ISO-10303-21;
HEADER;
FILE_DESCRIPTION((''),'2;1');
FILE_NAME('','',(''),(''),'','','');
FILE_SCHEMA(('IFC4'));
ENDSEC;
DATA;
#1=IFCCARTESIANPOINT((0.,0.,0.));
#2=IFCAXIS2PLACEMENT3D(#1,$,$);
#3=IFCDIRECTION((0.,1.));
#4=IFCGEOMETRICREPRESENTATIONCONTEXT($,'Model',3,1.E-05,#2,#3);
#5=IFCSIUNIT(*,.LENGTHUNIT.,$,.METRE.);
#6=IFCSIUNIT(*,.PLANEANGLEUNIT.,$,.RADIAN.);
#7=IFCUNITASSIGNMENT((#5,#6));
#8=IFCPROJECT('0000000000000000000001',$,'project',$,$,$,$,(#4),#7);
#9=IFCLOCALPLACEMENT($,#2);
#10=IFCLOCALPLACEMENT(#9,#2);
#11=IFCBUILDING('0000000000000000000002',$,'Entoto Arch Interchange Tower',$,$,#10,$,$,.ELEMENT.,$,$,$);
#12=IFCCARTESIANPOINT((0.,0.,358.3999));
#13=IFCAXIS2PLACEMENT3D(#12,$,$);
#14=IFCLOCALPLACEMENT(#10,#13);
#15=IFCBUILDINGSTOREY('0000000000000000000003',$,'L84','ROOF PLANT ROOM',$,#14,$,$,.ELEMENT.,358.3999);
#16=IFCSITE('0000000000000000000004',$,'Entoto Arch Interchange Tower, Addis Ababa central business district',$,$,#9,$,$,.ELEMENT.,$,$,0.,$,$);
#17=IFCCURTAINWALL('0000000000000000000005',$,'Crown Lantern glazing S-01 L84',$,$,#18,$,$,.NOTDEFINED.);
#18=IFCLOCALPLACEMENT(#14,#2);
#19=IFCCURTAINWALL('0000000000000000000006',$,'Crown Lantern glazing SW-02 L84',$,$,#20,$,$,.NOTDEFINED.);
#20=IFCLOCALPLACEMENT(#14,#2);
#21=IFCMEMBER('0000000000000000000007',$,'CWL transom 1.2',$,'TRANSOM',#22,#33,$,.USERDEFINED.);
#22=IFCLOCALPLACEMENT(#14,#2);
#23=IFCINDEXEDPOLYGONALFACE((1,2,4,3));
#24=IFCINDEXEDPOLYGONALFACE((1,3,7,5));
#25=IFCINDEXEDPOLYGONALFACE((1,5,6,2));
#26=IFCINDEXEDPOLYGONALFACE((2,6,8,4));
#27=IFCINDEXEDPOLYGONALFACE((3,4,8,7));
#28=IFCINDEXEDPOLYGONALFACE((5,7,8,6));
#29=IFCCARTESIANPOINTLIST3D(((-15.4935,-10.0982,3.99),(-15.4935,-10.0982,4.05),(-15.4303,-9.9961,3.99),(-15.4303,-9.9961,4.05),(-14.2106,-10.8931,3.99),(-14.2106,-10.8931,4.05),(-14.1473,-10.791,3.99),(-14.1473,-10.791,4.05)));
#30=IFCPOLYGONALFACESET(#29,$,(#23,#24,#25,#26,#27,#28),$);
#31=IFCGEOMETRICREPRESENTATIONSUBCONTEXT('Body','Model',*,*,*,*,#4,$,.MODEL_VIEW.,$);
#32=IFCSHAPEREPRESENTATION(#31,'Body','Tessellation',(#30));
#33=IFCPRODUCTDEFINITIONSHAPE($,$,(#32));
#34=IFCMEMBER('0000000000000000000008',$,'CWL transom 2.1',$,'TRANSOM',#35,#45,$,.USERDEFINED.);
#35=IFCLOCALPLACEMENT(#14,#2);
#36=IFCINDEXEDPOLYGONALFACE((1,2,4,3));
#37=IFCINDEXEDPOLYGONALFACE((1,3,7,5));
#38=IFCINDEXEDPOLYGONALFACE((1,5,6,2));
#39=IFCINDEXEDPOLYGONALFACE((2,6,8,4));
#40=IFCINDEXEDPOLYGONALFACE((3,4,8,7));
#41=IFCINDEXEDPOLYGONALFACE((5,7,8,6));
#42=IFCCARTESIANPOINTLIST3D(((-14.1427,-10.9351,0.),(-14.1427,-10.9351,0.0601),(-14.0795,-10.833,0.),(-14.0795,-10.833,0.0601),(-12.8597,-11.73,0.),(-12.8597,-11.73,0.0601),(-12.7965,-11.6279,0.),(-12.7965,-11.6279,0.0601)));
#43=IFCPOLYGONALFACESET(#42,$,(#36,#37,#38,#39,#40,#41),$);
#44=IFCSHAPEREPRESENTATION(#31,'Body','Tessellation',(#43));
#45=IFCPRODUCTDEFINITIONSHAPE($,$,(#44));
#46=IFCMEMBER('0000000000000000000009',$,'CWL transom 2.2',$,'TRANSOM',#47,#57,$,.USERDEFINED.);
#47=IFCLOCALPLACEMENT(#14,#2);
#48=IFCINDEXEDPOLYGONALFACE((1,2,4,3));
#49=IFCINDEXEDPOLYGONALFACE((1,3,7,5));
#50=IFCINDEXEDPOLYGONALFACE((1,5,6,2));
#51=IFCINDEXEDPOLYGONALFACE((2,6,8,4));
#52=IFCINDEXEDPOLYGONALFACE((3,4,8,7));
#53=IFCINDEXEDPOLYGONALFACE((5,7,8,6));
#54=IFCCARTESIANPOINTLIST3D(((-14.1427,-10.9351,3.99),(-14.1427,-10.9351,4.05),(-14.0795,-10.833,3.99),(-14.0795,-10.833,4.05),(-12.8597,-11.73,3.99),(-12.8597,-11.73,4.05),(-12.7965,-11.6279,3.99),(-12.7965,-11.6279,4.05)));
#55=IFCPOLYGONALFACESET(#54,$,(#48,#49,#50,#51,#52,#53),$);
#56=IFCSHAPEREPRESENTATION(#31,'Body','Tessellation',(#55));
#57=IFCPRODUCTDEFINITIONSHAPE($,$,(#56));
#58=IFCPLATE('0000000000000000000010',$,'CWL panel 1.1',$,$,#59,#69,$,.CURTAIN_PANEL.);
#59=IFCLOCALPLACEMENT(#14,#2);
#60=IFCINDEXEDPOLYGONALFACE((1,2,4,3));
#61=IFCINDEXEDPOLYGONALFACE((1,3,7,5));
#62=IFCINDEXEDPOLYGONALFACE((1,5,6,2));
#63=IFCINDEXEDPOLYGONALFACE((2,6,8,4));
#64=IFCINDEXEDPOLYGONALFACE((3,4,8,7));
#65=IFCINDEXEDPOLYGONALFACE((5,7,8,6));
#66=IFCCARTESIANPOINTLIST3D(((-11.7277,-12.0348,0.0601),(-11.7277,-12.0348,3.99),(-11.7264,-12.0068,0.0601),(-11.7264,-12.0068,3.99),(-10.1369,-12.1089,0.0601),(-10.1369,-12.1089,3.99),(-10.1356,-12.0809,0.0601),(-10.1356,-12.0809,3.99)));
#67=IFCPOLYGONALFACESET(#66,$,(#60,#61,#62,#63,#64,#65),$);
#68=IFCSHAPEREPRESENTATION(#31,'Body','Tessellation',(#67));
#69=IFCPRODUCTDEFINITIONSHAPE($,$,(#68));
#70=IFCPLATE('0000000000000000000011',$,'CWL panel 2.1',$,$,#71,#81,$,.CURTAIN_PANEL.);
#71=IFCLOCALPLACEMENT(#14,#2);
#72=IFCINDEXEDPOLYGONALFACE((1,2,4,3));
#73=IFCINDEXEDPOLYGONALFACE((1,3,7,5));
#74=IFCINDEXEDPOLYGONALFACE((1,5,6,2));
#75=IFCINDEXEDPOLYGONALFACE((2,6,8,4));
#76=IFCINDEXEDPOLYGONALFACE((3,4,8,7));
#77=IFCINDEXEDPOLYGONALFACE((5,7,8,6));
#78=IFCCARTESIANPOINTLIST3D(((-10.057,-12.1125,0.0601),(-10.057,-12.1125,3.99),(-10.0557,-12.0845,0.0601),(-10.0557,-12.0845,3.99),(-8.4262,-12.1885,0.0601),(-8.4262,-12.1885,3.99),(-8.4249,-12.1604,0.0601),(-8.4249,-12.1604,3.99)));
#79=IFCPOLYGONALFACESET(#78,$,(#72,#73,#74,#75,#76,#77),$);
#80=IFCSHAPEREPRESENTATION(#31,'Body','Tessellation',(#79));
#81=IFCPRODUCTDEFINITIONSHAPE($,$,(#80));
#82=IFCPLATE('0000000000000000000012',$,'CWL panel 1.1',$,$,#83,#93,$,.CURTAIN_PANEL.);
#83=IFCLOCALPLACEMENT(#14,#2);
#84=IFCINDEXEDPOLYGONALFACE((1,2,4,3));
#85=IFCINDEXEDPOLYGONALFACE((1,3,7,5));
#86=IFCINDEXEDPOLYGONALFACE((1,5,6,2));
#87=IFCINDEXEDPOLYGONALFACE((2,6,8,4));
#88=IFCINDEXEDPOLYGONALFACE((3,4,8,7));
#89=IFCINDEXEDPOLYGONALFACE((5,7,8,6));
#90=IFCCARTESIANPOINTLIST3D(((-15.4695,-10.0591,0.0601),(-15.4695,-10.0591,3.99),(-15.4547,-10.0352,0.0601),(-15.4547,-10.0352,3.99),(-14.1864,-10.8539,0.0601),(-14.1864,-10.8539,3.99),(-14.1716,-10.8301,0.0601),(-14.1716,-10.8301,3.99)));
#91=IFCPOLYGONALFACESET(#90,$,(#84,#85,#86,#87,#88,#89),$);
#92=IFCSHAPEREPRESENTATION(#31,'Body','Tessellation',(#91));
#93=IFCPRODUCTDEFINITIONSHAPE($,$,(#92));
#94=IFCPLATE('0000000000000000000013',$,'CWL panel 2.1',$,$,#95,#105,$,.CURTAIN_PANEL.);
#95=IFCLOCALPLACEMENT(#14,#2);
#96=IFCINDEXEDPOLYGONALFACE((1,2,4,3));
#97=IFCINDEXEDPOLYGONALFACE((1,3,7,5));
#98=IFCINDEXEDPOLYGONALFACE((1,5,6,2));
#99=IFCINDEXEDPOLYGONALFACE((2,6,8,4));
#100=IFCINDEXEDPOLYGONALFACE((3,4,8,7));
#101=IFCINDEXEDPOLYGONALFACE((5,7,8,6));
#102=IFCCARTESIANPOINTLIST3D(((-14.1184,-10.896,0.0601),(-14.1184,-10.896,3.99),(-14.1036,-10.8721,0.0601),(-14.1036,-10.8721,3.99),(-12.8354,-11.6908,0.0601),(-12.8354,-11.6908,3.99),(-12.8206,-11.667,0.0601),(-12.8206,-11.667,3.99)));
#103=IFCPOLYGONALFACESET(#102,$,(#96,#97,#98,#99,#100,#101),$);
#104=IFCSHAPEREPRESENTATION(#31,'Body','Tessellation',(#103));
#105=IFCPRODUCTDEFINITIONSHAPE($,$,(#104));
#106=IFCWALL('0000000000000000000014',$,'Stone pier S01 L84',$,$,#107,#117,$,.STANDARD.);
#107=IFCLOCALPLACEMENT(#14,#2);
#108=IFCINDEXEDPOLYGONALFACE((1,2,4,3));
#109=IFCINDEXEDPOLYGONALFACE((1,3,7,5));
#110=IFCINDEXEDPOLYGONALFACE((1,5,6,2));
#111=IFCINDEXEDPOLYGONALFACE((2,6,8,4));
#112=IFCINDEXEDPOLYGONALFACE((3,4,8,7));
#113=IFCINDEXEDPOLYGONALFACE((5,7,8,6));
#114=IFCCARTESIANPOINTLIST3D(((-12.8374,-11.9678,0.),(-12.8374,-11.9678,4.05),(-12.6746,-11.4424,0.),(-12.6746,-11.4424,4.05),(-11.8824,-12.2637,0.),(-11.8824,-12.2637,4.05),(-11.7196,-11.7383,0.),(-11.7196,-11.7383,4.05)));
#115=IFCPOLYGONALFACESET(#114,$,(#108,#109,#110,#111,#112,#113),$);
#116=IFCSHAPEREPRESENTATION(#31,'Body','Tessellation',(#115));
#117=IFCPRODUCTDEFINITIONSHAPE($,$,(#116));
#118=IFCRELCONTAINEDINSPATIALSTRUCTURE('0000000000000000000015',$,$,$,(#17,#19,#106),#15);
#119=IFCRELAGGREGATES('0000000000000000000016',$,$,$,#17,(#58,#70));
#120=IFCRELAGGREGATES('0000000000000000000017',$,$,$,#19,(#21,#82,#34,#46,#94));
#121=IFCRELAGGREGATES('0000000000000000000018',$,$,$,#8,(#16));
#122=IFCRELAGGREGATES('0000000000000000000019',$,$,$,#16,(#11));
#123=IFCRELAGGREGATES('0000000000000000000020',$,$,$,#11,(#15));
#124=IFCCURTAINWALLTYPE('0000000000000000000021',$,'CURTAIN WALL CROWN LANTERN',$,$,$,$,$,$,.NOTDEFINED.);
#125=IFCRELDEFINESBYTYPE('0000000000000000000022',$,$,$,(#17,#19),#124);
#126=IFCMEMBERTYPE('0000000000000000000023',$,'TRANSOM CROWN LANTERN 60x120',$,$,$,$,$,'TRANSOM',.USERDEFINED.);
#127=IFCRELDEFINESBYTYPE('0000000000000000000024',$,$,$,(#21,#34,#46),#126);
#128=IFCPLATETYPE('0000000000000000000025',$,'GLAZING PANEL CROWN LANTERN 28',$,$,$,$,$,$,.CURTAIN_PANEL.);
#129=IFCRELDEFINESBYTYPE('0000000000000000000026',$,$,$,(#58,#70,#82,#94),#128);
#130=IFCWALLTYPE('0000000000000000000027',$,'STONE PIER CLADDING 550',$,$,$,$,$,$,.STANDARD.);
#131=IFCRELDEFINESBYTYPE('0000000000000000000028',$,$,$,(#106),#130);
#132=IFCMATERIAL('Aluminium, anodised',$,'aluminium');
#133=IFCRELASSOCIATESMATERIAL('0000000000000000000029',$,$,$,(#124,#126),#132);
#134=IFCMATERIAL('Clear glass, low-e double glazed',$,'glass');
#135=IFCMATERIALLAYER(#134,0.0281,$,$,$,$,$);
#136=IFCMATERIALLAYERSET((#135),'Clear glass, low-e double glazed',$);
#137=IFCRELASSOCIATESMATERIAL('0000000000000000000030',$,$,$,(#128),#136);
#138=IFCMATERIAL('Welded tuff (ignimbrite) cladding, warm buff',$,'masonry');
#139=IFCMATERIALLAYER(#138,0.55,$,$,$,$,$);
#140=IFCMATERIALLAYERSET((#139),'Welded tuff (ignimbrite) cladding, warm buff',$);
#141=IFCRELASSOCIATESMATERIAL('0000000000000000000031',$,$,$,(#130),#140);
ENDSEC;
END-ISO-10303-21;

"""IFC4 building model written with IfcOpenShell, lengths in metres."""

from ifc_helpers import new_model, si_unit, direction, frame, frame_2d, origin, origin_2d, place, context, subcontext, project, spatial, rectangle, extrude, material, layer, layer_set, material_profile, profile_set, type_object, element, aggregate, save


model = new_model("IFC4")

# Units and contexts
model_context = context("Model", 3, precision=1e-05, world=origin(), true_north=direction((0.0, 1.0)))
body_context = subcontext(model_context, "Body", "Model", "MODEL_VIEW")
ifc_project = project(units=[si_unit("LENGTHUNIT", "METRE"), si_unit("PLANEANGLEUNIT", "RADIAN")], contexts=[model_context])

# Site, building, storey
site_placement = place(None, origin())
site = spatial("IfcSite", under=ifc_project, at=site_placement, Name="Entoto Arch Interchange Tower, Addis Ababa central business district", CompositionType="ELEMENT", RefElevation=0.0)
building_placement = place(site_placement, origin())
building = spatial("IfcBuilding", under=site, at=building_placement, Name="Entoto Arch Interchange Tower", CompositionType="ELEMENT")
storey_placement = place(building_placement, frame((0.0, 0.0, 358.3999)))
storey = spatial("IfcBuildingStorey", under=building, at=storey_placement, Name="L84", Description="ROOF PLANT ROOM", CompositionType="ELEMENT", Elevation=358.3999)

# Curtain walls
ifc_material_1 = material(Name="Aluminium, anodised", Category="aluminium")
curtain_wall_type = type_object("IfcCurtainWallType", Name="CURTAIN WALL CROWN LANTERN", PredefinedType="NOTDEFINED", material=ifc_material_1)
curtain_wall_1_placement = place(storey_placement, origin())
curtain_wall_1 = element("IfcCurtainWall", 1, at=curtain_wall_1_placement, inside=storey, type_object=curtain_wall_type, Name="Crown Lantern glazing S-01 L84", PredefinedType="NOTDEFINED")
curtain_wall_2_placement = place(storey_placement, origin())
curtain_wall_2 = element("IfcCurtainWall", 2, at=curtain_wall_2_placement, inside=storey, type_object=curtain_wall_type, Name="Crown Lantern glazing SW-02 L84", PredefinedType="NOTDEFINED")

# Members
ifc_material_profile_1 = material_profile(ifc_material_1, rectangle(XDim=0.1201, YDim=0.0601, at=origin_2d()))
ifc_profile_set_1 = profile_set([ifc_material_profile_1], Name="Aluminium, anodised")
member_type_1 = type_object("IfcMemberType", Name="TRANSOM CROWN LANTERN 60x120", ElementType="TRANSOM", PredefinedType="USERDEFINED", material=ifc_profile_set_1)
member_1_placement = place(storey_placement, frame((-15.4619, -10.0471, 4.02), z_axis=(0.850055, -0.526694, 0.0), x_axis=(0.526694, 0.850055, 0.0)))
member_1 = element("IfcMember", 3, at=member_1_placement, type_object=member_type_1, Name="CWL transom 1.2", ObjectType="TRANSOM", PredefinedType="USERDEFINED", context=body_context, shape_type="SweptSolid", body=[
    extrude(rectangle(XDim=0.1201, YDim=0.0601, at=origin_2d()), origin(), (0.0, 0.0, 1.0), 1.5093),
])
member_2_placement = place(storey_placement, frame((-14.1111, -10.884, 0.03), z_axis=(0.850055, -0.526694, 0.0), x_axis=(0.526694, 0.850055, 0.0)))
member_2 = element("IfcMember", 4, at=member_2_placement, type_object=member_type_1, Name="CWL transom 2.1", ObjectType="TRANSOM", PredefinedType="USERDEFINED", context=body_context, shape_type="SweptSolid", body=[
    extrude(rectangle(XDim=0.1201, YDim=0.0601, at=origin_2d()), origin(), (0.0, 0.0, 1.0), 1.5093),
])
member_3_placement = place(storey_placement, frame((-14.1111, -10.884, 4.02), z_axis=(0.850055, -0.526694, 0.0), x_axis=(0.526694, 0.850055, 0.0)))
member_3 = element("IfcMember", 5, at=member_3_placement, type_object=member_type_1, Name="CWL transom 2.2", ObjectType="TRANSOM", PredefinedType="USERDEFINED", context=body_context, shape_type="SweptSolid", body=[
    extrude(rectangle(XDim=0.1201, YDim=0.0601, at=origin_2d()), origin(), (0.0, 0.0, 1.0), 1.5093),
])

# Plates
ifc_material_2 = material(Name="Clear glass, low-e double glazed", Category="glass")
ifc_layer_1 = layer(ifc_material_2, 0.0281)
ifc_layer_set_1 = layer_set([ifc_layer_1], Name="Clear glass, low-e double glazed")
plate_type = type_object("IfcPlateType", Name="GLAZING PANEL CROWN LANTERN 28", PredefinedType="CURTAIN_PANEL", material=ifc_layer_set_1)
plate_1_placement = place(storey_placement, frame((-10.9316, -12.0579, 0.0601), z_axis=(0.0, 0.0, 1.0), x_axis=(0.998917, -0.04652, 0.0)))
plate_1 = element("IfcPlate", 6, at=plate_1_placement, type_object=plate_type, Name="CWL panel 1.1", PredefinedType="CURTAIN_PANEL", context=body_context, shape_type="SweptSolid", body=[
    extrude(rectangle(XDim=1.5925, YDim=0.0281, at=origin_2d()), origin(), (0.0, 0.0, 1.0), 3.9299),
])
plate_2_placement = place(storey_placement, frame((-9.241, -12.1365, 0.0601), z_axis=(0.0, 0.0, 1.0), x_axis=(0.998917, -0.04652, 0.0)))
plate_2 = element("IfcPlate", 7, at=plate_2_placement, type_object=plate_type, Name="CWL panel 2.1", PredefinedType="CURTAIN_PANEL", context=body_context, shape_type="SweptSolid", body=[
    extrude(rectangle(XDim=1.6326, YDim=0.0281, at=origin_2d()), origin(), (0.0, 0.0, 1.0), 3.9299),
])
aggregate(curtain_wall_1, [plate_1, plate_2])
plate_3_placement = place(storey_placement, frame((-14.8206, -10.4446, 0.0601), z_axis=(0.0, 0.0, 1.0), x_axis=(0.850095, -0.526629, 0.0)))
plate_3 = element("IfcPlate", 8, at=plate_3_placement, type_object=plate_type, Name="CWL panel 1.1", PredefinedType="CURTAIN_PANEL", context=body_context, shape_type="SweptSolid", body=[
    extrude(rectangle(XDim=1.5093, YDim=0.0281, at=origin_2d()), origin(), (0.0, 0.0, 1.0), 3.9299),
])
plate_4_placement = place(storey_placement, frame((-13.4695, -11.2815, 0.0601), z_axis=(0.0, 0.0, 1.0), x_axis=(0.850095, -0.526629, 0.0)))
plate_4 = element("IfcPlate", 9, at=plate_4_placement, type_object=plate_type, Name="CWL panel 2.1", PredefinedType="CURTAIN_PANEL", context=body_context, shape_type="SweptSolid", body=[
    extrude(rectangle(XDim=1.5093, YDim=0.0281, at=origin_2d()), origin(), (0.0, 0.0, 1.0), 3.9299),
])
aggregate(curtain_wall_2, [member_1, plate_3, member_2, member_3, plate_4])

# Wall
ifc_material_3 = material(Name="Welded tuff (ignimbrite) cladding, warm buff", Category="masonry")
ifc_layer_2 = layer(ifc_material_3, 0.55)
ifc_layer_set_2 = layer_set([ifc_layer_2], Name="Welded tuff (ignimbrite) cladding, warm buff")
wall_type = type_object("IfcWallType", Name="STONE PIER CLADDING 550", PredefinedType="STANDARD", material=ifc_layer_set_2)
wall_placement = place(storey_placement, frame((-12.7561, -11.7051, 0.0), z_axis=(0.0, 0.0, 1.0), x_axis=(0.955207, -0.295938, 0.0)))
element("IfcWall", 10, at=wall_placement, inside=storey, type_object=wall_type, Name="Stone pier S01 L84", PredefinedType="STANDARD", context=body_context, shape_type="SweptSolid", body=[
    extrude(rectangle(XDim=0.9998, YDim=0.55, at=frame_2d((0.5, 0.0))), origin(), (0.0, 0.0, 1.0), 4.05),
])

save(model, "model.ifc")
